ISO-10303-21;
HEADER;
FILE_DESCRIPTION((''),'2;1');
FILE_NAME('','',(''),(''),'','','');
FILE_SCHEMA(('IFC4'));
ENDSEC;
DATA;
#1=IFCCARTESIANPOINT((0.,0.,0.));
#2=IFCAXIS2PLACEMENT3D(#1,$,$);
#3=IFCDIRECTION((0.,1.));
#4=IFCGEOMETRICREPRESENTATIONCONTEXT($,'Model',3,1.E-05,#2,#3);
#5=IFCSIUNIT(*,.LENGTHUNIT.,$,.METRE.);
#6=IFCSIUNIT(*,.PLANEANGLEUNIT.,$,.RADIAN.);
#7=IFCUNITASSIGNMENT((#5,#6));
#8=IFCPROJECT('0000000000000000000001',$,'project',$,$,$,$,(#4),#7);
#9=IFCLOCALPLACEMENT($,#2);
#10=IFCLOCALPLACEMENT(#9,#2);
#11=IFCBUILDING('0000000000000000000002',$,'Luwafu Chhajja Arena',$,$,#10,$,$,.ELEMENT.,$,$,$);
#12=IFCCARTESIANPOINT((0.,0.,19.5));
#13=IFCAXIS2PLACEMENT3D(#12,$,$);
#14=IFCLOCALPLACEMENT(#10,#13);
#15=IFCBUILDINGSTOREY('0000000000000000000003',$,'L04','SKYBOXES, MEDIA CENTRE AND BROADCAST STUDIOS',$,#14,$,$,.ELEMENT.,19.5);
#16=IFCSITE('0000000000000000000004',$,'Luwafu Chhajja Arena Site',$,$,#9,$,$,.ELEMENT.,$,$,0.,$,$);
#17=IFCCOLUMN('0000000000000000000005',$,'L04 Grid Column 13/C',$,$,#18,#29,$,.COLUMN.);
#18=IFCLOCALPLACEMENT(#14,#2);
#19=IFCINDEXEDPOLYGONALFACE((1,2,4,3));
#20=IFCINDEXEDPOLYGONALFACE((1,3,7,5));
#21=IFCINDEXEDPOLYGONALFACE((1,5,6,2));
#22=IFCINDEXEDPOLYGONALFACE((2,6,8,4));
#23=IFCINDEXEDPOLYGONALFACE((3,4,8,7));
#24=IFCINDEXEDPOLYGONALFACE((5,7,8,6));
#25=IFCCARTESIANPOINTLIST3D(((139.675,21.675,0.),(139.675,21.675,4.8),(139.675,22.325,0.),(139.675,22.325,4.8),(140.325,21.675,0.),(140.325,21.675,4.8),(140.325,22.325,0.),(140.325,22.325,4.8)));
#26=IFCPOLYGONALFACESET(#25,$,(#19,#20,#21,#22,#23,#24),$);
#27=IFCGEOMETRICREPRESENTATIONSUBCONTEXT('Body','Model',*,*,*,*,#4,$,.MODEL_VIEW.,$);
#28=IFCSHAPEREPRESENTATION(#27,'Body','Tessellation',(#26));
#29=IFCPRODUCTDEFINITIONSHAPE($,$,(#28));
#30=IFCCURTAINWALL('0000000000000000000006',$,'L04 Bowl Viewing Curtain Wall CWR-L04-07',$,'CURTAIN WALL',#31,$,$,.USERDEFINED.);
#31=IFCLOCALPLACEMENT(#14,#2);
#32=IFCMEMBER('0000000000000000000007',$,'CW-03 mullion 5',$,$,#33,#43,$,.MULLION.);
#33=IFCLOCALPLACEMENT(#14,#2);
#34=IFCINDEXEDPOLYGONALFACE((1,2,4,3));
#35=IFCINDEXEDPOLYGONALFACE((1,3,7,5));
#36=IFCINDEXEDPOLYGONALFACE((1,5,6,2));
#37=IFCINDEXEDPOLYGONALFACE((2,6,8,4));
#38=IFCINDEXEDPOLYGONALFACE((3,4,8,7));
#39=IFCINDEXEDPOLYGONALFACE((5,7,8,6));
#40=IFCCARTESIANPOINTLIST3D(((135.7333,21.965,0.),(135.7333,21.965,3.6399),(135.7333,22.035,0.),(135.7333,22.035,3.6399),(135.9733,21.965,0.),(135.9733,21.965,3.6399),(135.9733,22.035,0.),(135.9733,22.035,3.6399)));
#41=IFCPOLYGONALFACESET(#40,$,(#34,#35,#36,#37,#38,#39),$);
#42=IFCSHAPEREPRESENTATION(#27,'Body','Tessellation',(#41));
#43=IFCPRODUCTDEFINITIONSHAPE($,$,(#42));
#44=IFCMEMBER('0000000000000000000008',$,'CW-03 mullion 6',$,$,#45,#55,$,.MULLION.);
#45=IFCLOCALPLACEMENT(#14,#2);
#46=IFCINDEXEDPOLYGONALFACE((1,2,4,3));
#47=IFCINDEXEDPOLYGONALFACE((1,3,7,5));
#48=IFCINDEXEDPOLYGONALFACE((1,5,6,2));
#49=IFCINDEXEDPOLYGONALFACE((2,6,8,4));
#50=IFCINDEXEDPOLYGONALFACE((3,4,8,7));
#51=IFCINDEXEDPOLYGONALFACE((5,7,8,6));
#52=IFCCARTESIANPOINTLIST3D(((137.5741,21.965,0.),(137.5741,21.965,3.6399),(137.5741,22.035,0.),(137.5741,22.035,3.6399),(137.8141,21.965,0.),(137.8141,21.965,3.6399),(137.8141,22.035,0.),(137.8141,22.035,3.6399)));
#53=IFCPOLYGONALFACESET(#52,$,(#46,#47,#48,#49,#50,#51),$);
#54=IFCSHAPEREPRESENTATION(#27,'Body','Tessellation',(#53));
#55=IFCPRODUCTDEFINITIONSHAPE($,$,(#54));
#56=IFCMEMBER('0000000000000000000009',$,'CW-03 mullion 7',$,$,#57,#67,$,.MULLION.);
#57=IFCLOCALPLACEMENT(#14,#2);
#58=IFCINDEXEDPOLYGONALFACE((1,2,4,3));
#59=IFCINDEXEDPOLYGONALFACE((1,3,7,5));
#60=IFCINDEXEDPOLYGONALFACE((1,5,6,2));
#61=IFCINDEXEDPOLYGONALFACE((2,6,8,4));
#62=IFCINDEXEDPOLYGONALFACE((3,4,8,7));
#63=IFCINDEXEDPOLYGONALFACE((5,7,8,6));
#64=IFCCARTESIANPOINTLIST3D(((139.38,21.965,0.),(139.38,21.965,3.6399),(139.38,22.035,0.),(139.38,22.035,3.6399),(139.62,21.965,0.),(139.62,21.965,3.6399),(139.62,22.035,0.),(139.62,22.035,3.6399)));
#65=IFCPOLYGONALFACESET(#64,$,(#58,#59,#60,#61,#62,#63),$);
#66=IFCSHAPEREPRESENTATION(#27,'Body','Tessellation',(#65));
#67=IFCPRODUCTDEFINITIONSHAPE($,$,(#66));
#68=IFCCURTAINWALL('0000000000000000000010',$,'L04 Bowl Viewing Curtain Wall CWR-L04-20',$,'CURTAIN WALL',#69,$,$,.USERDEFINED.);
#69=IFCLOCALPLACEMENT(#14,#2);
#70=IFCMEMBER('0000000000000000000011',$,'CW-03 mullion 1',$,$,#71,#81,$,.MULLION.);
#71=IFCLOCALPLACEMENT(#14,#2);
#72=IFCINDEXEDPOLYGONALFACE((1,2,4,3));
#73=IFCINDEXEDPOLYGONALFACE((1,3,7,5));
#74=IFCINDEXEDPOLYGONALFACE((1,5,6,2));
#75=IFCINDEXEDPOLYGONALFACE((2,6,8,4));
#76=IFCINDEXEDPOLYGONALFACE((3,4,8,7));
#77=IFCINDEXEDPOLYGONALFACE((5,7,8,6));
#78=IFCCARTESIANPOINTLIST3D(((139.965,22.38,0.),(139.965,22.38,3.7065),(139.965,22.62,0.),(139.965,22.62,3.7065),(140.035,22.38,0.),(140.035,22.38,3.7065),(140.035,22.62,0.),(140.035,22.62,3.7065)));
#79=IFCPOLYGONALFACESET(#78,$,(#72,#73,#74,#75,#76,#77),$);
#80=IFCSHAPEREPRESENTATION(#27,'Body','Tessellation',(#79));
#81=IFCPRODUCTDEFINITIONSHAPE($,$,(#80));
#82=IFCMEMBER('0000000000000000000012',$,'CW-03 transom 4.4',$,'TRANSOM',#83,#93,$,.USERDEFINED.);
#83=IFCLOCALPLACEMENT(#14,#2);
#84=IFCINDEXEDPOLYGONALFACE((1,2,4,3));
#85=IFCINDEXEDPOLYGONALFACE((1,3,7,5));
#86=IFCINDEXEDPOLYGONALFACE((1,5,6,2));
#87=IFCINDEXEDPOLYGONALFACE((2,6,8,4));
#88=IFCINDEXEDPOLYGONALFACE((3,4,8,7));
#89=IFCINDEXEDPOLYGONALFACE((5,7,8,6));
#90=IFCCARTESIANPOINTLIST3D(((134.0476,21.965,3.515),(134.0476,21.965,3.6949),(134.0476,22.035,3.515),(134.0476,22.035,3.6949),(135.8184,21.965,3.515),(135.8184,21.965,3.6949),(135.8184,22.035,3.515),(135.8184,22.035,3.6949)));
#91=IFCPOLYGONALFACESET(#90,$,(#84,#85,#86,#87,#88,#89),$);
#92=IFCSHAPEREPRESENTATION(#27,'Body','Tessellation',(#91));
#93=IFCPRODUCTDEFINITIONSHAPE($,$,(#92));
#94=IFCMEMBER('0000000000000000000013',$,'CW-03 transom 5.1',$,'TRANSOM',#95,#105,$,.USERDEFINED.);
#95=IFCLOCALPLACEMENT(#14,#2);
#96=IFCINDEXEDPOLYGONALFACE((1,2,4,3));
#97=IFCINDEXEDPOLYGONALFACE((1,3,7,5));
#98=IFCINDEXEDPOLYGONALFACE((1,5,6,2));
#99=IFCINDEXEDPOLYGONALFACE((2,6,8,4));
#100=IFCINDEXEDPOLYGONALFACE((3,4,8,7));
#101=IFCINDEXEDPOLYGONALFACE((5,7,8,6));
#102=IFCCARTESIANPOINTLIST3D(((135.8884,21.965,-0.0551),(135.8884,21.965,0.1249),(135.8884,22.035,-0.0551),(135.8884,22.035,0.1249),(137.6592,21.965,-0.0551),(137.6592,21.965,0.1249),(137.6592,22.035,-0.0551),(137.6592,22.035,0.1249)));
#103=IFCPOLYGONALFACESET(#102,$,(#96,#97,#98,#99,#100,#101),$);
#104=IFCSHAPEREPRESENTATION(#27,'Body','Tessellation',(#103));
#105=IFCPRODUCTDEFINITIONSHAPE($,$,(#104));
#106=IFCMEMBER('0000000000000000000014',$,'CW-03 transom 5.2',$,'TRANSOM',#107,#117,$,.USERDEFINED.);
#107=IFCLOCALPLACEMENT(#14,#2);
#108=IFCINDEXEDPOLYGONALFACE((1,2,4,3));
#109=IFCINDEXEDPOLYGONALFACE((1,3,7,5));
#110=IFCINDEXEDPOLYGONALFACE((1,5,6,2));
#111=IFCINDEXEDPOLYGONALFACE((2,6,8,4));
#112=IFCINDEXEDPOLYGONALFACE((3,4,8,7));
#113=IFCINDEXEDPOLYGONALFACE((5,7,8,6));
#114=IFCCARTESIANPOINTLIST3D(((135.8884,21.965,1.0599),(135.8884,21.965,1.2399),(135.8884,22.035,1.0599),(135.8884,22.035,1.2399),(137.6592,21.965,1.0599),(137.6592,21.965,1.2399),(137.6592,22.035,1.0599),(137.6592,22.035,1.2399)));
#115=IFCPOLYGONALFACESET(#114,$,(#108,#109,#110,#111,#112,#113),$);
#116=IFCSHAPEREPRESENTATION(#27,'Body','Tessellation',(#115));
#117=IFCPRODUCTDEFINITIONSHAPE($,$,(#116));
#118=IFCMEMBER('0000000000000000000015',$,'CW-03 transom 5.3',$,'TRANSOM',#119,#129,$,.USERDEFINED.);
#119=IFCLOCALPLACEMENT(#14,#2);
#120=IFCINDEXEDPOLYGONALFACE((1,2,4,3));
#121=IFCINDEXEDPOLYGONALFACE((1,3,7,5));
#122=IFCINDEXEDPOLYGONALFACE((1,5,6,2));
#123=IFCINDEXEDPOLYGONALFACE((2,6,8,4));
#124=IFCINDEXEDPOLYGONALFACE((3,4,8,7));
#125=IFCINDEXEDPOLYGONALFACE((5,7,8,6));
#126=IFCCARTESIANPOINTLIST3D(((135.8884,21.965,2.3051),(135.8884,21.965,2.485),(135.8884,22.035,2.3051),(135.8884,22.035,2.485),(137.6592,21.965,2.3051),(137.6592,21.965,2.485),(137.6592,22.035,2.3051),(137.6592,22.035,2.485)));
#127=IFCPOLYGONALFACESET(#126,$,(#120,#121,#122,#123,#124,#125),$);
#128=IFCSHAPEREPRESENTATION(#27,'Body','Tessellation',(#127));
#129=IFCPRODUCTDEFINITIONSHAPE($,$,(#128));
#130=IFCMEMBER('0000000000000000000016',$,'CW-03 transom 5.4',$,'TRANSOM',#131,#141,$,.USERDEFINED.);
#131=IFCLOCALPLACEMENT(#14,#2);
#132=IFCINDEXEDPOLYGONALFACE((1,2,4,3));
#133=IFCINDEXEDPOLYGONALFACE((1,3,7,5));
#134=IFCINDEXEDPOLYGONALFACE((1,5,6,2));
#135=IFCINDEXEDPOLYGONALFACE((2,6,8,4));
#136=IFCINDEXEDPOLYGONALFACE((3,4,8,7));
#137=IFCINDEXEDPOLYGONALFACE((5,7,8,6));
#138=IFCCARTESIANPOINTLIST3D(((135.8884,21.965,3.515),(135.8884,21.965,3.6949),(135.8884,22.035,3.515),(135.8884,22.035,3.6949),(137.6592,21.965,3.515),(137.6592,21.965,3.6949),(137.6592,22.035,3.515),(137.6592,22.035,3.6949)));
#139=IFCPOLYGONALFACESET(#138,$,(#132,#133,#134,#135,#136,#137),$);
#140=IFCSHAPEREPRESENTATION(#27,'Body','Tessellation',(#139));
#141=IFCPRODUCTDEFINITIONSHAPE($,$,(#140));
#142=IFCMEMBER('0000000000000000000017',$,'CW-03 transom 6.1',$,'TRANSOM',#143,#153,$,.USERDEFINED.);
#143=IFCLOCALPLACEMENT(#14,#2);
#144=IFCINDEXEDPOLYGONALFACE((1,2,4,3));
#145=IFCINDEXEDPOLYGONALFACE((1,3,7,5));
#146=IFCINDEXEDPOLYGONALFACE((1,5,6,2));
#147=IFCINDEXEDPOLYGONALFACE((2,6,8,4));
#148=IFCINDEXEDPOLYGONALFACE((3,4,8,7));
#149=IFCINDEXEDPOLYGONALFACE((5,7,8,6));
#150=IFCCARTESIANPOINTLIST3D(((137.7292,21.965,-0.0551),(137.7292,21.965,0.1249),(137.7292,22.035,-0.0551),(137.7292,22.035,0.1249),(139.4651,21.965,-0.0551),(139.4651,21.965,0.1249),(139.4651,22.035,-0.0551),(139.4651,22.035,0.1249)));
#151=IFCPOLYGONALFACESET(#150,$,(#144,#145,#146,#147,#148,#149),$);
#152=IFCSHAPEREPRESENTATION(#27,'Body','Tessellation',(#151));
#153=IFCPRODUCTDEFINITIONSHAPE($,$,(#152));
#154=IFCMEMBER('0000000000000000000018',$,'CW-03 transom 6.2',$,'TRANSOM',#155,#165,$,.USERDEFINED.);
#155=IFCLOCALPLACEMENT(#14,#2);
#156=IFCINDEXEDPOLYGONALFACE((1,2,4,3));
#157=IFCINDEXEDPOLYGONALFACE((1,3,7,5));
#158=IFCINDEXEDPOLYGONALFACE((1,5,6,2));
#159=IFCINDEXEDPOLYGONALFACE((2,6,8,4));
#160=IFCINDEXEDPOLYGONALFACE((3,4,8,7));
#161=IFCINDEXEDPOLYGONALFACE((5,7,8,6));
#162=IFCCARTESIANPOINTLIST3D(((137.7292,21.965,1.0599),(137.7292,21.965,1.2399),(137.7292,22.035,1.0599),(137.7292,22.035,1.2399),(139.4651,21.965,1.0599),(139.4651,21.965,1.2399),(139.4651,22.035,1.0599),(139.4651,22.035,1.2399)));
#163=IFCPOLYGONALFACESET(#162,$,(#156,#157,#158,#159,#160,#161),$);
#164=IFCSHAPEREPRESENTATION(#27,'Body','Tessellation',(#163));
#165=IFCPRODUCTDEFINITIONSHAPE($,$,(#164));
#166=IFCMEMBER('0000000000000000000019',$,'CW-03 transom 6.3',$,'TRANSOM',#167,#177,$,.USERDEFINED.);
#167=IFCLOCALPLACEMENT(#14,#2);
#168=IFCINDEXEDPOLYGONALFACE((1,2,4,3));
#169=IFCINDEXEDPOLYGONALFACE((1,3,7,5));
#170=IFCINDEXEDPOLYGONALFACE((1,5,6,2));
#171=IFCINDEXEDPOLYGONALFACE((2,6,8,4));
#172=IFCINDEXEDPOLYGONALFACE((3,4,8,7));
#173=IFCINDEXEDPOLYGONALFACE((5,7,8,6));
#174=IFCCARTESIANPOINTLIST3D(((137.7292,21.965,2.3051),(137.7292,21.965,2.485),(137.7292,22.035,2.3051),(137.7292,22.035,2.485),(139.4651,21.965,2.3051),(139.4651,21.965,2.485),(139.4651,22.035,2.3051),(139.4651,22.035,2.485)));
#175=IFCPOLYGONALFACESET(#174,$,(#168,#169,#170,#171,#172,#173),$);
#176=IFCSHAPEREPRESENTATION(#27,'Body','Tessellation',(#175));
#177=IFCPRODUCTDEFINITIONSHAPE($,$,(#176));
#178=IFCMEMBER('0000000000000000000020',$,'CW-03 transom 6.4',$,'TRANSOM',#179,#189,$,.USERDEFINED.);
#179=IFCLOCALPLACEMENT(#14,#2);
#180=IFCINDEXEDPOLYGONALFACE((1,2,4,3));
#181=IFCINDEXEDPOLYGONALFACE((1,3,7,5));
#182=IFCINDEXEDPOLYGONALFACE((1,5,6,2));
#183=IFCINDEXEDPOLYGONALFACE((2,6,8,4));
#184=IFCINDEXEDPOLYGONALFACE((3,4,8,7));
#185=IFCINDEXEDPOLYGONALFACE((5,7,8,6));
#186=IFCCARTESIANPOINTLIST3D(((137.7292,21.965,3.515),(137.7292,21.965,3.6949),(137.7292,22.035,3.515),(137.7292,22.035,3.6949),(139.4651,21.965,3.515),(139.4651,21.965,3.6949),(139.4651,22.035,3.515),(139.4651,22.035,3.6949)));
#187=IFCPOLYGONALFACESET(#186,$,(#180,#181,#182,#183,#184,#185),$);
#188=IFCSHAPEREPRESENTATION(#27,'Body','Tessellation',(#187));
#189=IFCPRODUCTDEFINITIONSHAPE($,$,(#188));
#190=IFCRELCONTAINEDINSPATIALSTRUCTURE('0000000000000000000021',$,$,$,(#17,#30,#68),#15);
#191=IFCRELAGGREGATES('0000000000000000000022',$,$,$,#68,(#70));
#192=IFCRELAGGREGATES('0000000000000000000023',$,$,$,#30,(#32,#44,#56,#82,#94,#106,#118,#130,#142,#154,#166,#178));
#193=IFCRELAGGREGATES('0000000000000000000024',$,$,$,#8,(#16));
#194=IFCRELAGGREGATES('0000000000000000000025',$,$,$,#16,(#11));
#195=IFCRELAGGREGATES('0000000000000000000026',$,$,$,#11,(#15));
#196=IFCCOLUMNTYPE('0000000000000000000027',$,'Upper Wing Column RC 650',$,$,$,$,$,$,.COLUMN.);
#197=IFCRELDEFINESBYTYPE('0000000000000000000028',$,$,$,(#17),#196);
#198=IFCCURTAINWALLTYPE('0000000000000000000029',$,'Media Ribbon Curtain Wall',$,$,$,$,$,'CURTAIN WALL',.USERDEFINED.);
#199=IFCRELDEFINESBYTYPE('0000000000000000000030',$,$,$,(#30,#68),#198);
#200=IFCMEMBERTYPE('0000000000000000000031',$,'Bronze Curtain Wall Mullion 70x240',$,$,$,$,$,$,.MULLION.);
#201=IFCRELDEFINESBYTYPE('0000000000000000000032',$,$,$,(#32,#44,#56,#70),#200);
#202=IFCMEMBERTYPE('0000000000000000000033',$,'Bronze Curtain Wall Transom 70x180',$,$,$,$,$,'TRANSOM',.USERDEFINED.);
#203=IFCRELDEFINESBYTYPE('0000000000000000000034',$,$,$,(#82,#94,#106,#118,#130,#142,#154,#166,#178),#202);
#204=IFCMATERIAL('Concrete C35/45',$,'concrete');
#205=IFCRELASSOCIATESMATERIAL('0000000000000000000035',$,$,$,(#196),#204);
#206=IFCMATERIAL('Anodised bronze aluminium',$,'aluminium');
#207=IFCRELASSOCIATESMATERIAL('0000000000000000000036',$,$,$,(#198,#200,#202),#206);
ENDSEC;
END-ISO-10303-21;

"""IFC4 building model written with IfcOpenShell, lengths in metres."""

from ifc_helpers import new_model, si_unit, direction, frame, origin, origin_2d, place, context, subcontext, project, spatial, rectangle, extrude, material, material_profile, profile_set, type_object, element, aggregate, save


model = new_model("IFC4")

# Units and contexts
model_context = context("Model", 3, precision=1e-05, world=origin(), true_north=direction((0.0, 1.0)))
body_context = subcontext(model_context, "Body", "Model", "MODEL_VIEW")
ifc_project = project(units=[si_unit("LENGTHUNIT", "METRE"), si_unit("PLANEANGLEUNIT", "RADIAN")], contexts=[model_context])

# Site, building, storey
site_placement = place(None, origin())
site = spatial("IfcSite", under=ifc_project, at=site_placement, Name="Luwafu Chhajja Arena Site", CompositionType="ELEMENT", RefElevation=0.0)
building_placement = place(site_placement, origin())
building = spatial("IfcBuilding", under=site, at=building_placement, Name="Luwafu Chhajja Arena", CompositionType="ELEMENT")
storey_placement = place(building_placement, frame((0.0, 0.0, 19.5)))
storey = spatial("IfcBuildingStorey", under=building, at=storey_placement, Name="L04", Description="SKYBOXES, MEDIA CENTRE AND BROADCAST STUDIOS", CompositionType="ELEMENT", Elevation=19.5)

# Column
ifc_material_1 = material(Name="Concrete C35/45", Category="concrete")
ifc_material_profile_1 = material_profile(ifc_material_1, rectangle(XDim=0.6499, YDim=0.6499, at=origin_2d()), Name="RC 650x650")
ifc_profile_set_1 = profile_set([ifc_material_profile_1], Name="Concrete C35/45")
column_type = type_object("IfcColumnType", Name="Upper Wing Column RC 650", PredefinedType="COLUMN", material=ifc_profile_set_1)
column_placement = place(storey_placement, frame((140.0, 22.0, 0.0), z_axis=(0.0, 0.0, 1.0), x_axis=(1.0, 0.0, 0.0)))
element("IfcColumn", 1, at=column_placement, inside=storey, type_object=column_type, Name="L04 Grid Column 13/C", PredefinedType="COLUMN", context=body_context, shape_type="SweptSolid", body=[
    extrude(rectangle(XDim=0.6499, YDim=0.6499, at=origin_2d()), origin(), (0.0, 0.0, 1.0), 4.8),
])

# Curtain wall, members
ifc_material_2 = material(Name="Anodised bronze aluminium", Category="aluminium")
curtain_wall_type = type_object("IfcCurtainWallType", Name="Media Ribbon Curtain Wall", ElementType="CURTAIN WALL", PredefinedType="USERDEFINED", material=ifc_material_2)
curtain_wall_1_placement = place(storey_placement, origin())
curtain_wall_1 = element("IfcCurtainWall", 2, at=curtain_wall_1_placement, inside=storey, type_object=curtain_wall_type, Name="L04 Bowl Viewing Curtain Wall CWR-L04-07", ObjectType="CURTAIN WALL", PredefinedType="USERDEFINED")
ifc_material_profile_2 = material_profile(ifc_material_2, rectangle(XDim=0.0701, YDim=0.24, at=origin_2d()), Name="CWM 70x240")
ifc_profile_set_2 = profile_set([ifc_material_profile_2], Name="Anodised bronze aluminium")
member_type_1 = type_object("IfcMemberType", Name="Bronze Curtain Wall Mullion 70x240", PredefinedType="MULLION", material=ifc_profile_set_2)
member_1_placement = place(storey_placement, frame((135.8533, 22.0, 0.0), z_axis=(0.0, 0.0, 1.0), x_axis=(0.0, 1.0, 0.0)))
member_1 = element("IfcMember", 3, at=member_1_placement, type_object=member_type_1, Name="CW-03 mullion 5", PredefinedType="MULLION", context=body_context, shape_type="SweptSolid", body=[
    extrude(rectangle(XDim=0.0701, YDim=0.24, at=origin_2d()), origin(), (0.0, 0.0, 1.0), 3.6399),
])
member_2_placement = place(storey_placement, frame((137.6941, 22.0, 0.0), z_axis=(0.0, 0.0, 1.0), x_axis=(0.0, 1.0, 0.0)))
member_2 = element("IfcMember", 4, at=member_2_placement, type_object=member_type_1, Name="CW-03 mullion 6", PredefinedType="MULLION", context=body_context, shape_type="SweptSolid", body=[
    extrude(rectangle(XDim=0.0701, YDim=0.24, at=origin_2d()), origin(), (0.0, 0.0, 1.0), 3.6399),
])
member_3_placement = place(storey_placement, frame((139.5, 22.0, 0.0), z_axis=(0.0, 0.0, 1.0), x_axis=(0.0, 1.0, 0.0)))
member_3 = element("IfcMember", 5, at=member_3_placement, type_object=member_type_1, Name="CW-03 mullion 7", PredefinedType="MULLION", context=body_context, shape_type="SweptSolid", body=[
    extrude(rectangle(XDim=0.0701, YDim=0.24, at=origin_2d()), origin(), (0.0, 0.0, 1.0), 3.6399),
])

# Curtain wall, member
curtain_wall_2_placement = place(storey_placement, origin())
curtain_wall_2 = element("IfcCurtainWall", 6, at=curtain_wall_2_placement, inside=storey, type_object=curtain_wall_type, Name="L04 Bowl Viewing Curtain Wall CWR-L04-20", ObjectType="CURTAIN WALL", PredefinedType="USERDEFINED")
member_4_placement = place(storey_placement, frame((140.0, 22.5, 0.0), z_axis=(0.0, 0.0, 1.0), x_axis=(-1.0, 0.0, 0.0)))
member_4 = element("IfcMember", 7, at=member_4_placement, type_object=member_type_1, Name="CW-03 mullion 1", PredefinedType="MULLION", context=body_context, shape_type="SweptSolid", body=[
    extrude(rectangle(XDim=0.0701, YDim=0.24, at=origin_2d()), origin(), (0.0, 0.0, 1.0), 3.7065),
])

# Members
ifc_material_profile_3 = material_profile(ifc_material_2, rectangle(XDim=0.0701, YDim=0.1799, at=origin_2d()), Name="CWT 70x180")
ifc_profile_set_3 = profile_set([ifc_material_profile_3], Name="Anodised bronze aluminium")
member_type_2 = type_object("IfcMemberType", Name="Bronze Curtain Wall Transom 70x180", ElementType="TRANSOM", PredefinedType="USERDEFINED", material=ifc_profile_set_3)
member_5_placement = place(storey_placement, frame((134.0476, 22.0, 3.605), z_axis=(1.0, 0.0, 0.0), x_axis=(0.0, 1.0, 0.0)))
member_5 = element("IfcMember", 8, at=member_5_placement, type_object=member_type_2, Name="CW-03 transom 4.4", ObjectType="TRANSOM", PredefinedType="USERDEFINED", context=body_context, shape_type="SweptSolid", body=[
    extrude(rectangle(XDim=0.0701, YDim=0.1799, at=origin_2d()), origin(), (0.0, 0.0, 1.0), 1.7708),
])
member_6_placement = place(storey_placement, frame((135.8884, 22.0, 0.0349), z_axis=(1.0, 0.0, 0.0), x_axis=(0.0, 1.0, 0.0)))
member_6 = element("IfcMember", 9, at=member_6_placement, type_object=member_type_2, Name="CW-03 transom 5.1", ObjectType="TRANSOM", PredefinedType="USERDEFINED", context=body_context, shape_type="SweptSolid", body=[
    extrude(rectangle(XDim=0.0701, YDim=0.1799, at=origin_2d()), origin(), (0.0, 0.0, 1.0), 1.7708),
])
member_7_placement = place(storey_placement, frame((135.8884, 22.0, 1.1499), z_axis=(1.0, 0.0, 0.0), x_axis=(0.0, 1.0, 0.0)))
member_7 = element("IfcMember", 10, at=member_7_placement, type_object=member_type_2, Name="CW-03 transom 5.2", ObjectType="TRANSOM", PredefinedType="USERDEFINED", context=body_context, shape_type="SweptSolid", body=[
    extrude(rectangle(XDim=0.0701, YDim=0.1799, at=origin_2d()), origin(), (0.0, 0.0, 1.0), 1.7708),
])
member_8_placement = place(storey_placement, frame((135.8884, 22.0, 2.395), z_axis=(1.0, 0.0, 0.0), x_axis=(0.0, 1.0, 0.0)))
member_8 = element("IfcMember", 11, at=member_8_placement, type_object=member_type_2, Name="CW-03 transom 5.3", ObjectType="TRANSOM", PredefinedType="USERDEFINED", context=body_context, shape_type="SweptSolid", body=[
    extrude(rectangle(XDim=0.0701, YDim=0.1799, at=origin_2d()), origin(), (0.0, 0.0, 1.0), 1.7708),
])
member_9_placement = place(storey_placement, frame((135.8884, 22.0, 3.605), z_axis=(1.0, 0.0, 0.0), x_axis=(0.0, 1.0, 0.0)))
member_9 = element("IfcMember", 12, at=member_9_placement, type_object=member_type_2, Name="CW-03 transom 5.4", ObjectType="TRANSOM", PredefinedType="USERDEFINED", context=body_context, shape_type="SweptSolid", body=[
    extrude(rectangle(XDim=0.0701, YDim=0.1799, at=origin_2d()), origin(), (0.0, 0.0, 1.0), 1.7708),
])
member_10_placement = place(storey_placement, frame((137.7292, 22.0, 0.0349), z_axis=(1.0, 0.0, 0.0), x_axis=(0.0, 1.0, 0.0)))
member_10 = element("IfcMember", 13, at=member_10_placement, type_object=member_type_2, Name="CW-03 transom 6.1", ObjectType="TRANSOM", PredefinedType="USERDEFINED", context=body_context, shape_type="SweptSolid", body=[
    extrude(rectangle(XDim=0.0701, YDim=0.1799, at=origin_2d()), origin(), (0.0, 0.0, 1.0), 1.7358),
])
member_11_placement = place(storey_placement, frame((137.7292, 22.0, 1.1499), z_axis=(1.0, 0.0, 0.0), x_axis=(0.0, 1.0, 0.0)))
member_11 = element("IfcMember", 14, at=member_11_placement, type_object=member_type_2, Name="CW-03 transom 6.2", ObjectType="TRANSOM", PredefinedType="USERDEFINED", context=body_context, shape_type="SweptSolid", body=[
    extrude(rectangle(XDim=0.0701, YDim=0.1799, at=origin_2d()), origin(), (0.0, 0.0, 1.0), 1.7358),
])
member_12_placement = place(storey_placement, frame((137.7292, 22.0, 2.395), z_axis=(1.0, 0.0, 0.0), x_axis=(0.0, 1.0, 0.0)))
member_12 = element("IfcMember", 15, at=member_12_placement, type_object=member_type_2, Name="CW-03 transom 6.3", ObjectType="TRANSOM", PredefinedType="USERDEFINED", context=body_context, shape_type="SweptSolid", body=[
    extrude(rectangle(XDim=0.0701, YDim=0.1799, at=origin_2d()), origin(), (0.0, 0.0, 1.0), 1.7358),
])
member_13_placement = place(storey_placement, frame((137.7292, 22.0, 3.605), z_axis=(1.0, 0.0, 0.0), x_axis=(0.0, 1.0, 0.0)))
member_13 = element("IfcMember", 16, at=member_13_placement, type_object=member_type_2, Name="CW-03 transom 6.4", ObjectType="TRANSOM", PredefinedType="USERDEFINED", context=body_context, shape_type="SweptSolid", body=[
    extrude(rectangle(XDim=0.0701, YDim=0.1799, at=origin_2d()), origin(), (0.0, 0.0, 1.0), 1.7358),
])
aggregate(curtain_wall_2, [member_4])

aggregate(curtain_wall_1, [member_1, member_2, member_3, member_5, member_6, member_7, member_8, member_9, member_10, member_11, member_12, member_13])

save(model, "model.ifc")
